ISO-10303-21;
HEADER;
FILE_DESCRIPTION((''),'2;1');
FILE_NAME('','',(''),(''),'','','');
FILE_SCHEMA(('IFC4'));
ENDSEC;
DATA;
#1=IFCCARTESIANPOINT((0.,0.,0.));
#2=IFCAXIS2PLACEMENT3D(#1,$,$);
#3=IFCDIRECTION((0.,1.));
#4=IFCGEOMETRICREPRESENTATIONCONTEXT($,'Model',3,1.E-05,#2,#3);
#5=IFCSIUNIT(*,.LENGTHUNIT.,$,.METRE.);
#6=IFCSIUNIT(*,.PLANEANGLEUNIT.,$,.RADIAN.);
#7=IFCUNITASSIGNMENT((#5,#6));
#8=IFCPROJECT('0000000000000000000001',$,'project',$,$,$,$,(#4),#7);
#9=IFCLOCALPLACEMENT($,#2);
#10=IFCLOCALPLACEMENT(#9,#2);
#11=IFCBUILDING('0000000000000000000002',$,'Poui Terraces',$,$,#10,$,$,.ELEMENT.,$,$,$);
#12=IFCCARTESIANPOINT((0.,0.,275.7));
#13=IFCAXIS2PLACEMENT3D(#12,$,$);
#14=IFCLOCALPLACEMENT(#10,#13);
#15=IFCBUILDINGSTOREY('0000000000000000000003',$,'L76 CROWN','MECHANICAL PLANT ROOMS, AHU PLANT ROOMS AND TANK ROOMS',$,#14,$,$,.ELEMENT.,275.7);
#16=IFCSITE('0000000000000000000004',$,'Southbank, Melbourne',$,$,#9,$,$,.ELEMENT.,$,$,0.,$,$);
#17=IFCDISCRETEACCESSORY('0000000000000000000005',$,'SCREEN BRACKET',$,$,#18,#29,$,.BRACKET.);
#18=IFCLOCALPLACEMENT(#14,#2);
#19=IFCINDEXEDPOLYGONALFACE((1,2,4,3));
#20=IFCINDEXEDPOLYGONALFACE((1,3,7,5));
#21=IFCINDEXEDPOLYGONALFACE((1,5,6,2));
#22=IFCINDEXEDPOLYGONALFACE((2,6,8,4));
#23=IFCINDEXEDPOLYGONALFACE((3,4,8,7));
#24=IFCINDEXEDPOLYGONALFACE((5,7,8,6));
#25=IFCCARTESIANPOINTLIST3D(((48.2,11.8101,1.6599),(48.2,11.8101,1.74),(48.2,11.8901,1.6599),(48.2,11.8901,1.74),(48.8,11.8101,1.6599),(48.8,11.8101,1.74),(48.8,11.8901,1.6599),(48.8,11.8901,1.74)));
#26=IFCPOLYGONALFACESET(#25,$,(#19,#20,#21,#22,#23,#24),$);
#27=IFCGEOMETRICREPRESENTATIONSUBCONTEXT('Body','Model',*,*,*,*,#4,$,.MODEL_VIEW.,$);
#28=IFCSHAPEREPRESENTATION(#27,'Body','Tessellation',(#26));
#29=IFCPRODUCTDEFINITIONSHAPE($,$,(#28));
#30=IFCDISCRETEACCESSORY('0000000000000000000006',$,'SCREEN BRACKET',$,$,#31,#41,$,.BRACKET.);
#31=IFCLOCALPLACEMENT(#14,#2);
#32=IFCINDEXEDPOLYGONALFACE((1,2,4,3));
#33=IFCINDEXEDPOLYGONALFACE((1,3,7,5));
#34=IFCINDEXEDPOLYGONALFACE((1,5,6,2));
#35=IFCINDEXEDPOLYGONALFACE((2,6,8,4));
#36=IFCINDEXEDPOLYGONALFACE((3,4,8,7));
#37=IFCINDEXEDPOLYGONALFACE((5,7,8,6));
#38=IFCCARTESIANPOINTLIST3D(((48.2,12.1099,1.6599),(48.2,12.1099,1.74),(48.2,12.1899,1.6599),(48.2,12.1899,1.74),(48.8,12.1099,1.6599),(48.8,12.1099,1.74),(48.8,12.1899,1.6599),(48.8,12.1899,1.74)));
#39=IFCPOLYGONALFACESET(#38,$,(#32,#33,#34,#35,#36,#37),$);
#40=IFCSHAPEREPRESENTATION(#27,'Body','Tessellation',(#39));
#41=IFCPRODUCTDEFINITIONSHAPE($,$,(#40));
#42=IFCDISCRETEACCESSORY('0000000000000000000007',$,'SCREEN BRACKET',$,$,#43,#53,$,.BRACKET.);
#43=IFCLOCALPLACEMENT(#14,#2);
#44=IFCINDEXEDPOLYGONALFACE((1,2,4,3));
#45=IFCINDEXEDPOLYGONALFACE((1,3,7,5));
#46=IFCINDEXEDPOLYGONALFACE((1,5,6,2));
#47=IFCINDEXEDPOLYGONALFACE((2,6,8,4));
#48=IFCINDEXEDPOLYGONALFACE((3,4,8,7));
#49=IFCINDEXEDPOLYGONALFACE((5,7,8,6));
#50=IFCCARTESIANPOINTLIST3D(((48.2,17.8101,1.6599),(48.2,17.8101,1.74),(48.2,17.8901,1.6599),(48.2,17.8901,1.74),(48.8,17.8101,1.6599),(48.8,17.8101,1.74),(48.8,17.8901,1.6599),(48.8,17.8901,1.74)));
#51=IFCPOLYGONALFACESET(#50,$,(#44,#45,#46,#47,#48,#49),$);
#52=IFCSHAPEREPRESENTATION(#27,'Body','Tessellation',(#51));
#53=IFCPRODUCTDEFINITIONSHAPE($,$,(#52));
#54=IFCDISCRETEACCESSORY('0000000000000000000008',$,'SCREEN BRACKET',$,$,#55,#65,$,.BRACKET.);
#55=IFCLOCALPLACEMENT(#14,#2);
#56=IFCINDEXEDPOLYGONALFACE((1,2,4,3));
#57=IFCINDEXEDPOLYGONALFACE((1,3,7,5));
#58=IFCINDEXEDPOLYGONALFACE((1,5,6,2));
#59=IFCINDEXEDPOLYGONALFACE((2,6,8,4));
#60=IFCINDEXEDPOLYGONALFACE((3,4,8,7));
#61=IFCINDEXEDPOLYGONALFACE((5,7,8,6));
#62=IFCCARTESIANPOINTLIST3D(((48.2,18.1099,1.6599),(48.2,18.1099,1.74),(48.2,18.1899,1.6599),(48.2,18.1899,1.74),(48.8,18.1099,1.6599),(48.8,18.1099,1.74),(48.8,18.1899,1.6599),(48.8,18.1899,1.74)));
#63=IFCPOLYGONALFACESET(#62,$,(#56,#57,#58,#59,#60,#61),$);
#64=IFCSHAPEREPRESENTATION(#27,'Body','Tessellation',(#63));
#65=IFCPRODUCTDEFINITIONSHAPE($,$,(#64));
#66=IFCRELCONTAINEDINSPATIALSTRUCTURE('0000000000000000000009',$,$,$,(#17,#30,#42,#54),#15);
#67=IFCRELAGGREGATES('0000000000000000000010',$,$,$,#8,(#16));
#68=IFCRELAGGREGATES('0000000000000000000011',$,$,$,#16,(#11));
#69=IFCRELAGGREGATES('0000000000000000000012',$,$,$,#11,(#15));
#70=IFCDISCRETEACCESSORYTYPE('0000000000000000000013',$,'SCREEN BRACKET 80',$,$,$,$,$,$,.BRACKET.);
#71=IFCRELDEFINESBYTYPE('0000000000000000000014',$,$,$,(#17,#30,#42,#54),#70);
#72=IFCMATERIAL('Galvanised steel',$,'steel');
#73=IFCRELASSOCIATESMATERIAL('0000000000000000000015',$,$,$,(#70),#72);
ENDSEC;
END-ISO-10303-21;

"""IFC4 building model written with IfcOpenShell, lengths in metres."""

from ifc_helpers import new_model, si_unit, direction, frame, origin, origin_2d, place, context, subcontext, project, spatial, rectangle, extrude, source, transform, mapped, material, material_profile, profile_set, type_object, element, save


model = new_model("IFC4")

# Units and contexts
model_context = context("Model", 3, precision=1e-05, world=origin(), true_north=direction((0.0, 1.0)))
body_context = subcontext(model_context, "Body", "Model", "MODEL_VIEW")
ifc_project = project(units=[si_unit("LENGTHUNIT", "METRE"), si_unit("PLANEANGLEUNIT", "RADIAN")], contexts=[model_context])

# Site, building, storey
site_placement = place(None, origin())
site = spatial("IfcSite", under=ifc_project, at=site_placement, Name="Southbank, Melbourne", CompositionType="ELEMENT", RefElevation=0.0)
building_placement = place(site_placement, origin())
building = spatial("IfcBuilding", under=site, at=building_placement, Name="Poui Terraces", CompositionType="ELEMENT")
storey_placement = place(building_placement, frame((0.0, 0.0, 275.7)))
storey = spatial("IfcBuildingStorey", under=building, at=storey_placement, Name="L76 CROWN", Description="MECHANICAL PLANT ROOMS, AHU PLANT ROOMS AND TANK ROOMS", CompositionType="ELEMENT", Elevation=275.7)

# Discrete accessories
ifc_material_1 = material(Name="Galvanised steel", Category="steel")
ifc_material_profile_1 = material_profile(ifc_material_1, rectangle(XDim=0.0801, YDim=0.0801, at=origin_2d()), Name="SCREEN BRACKET 80")
ifc_profile_set_1 = profile_set([ifc_material_profile_1], Name="Galvanised steel")
discrete_accessory_type = type_object("IfcDiscreteAccessoryType", Name="SCREEN BRACKET 80", PredefinedType="BRACKET", material=ifc_profile_set_1)
shared_shape_1 = source(origin(), body_context, "Body", "SweptSolid", [
    extrude(rectangle(XDim=0.0801, YDim=0.0801, at=origin_2d()), origin(), (0.0, 0.0, 1.0), 0.6001),
])
for number, where, z_axis, x_axis, name in (
    (1, (48.2, 11.8501, 1.7), (1.0, 0.0, 0.0), (0.0, 1.0, 0.0), "SCREEN BRACKET"),
    (2, (48.2, 12.1499, 1.7), (1.0, 0.0, 0.0), (0.0, 1.0, 0.0), "SCREEN BRACKET"),
    (3, (48.2, 17.8501, 1.7), (1.0, 0.0, 0.0), (0.0, 1.0, 0.0), "SCREEN BRACKET"),
    (4, (48.2, 18.1499, 1.7), (1.0, 0.0, 0.0), (0.0, 1.0, 0.0), "SCREEN BRACKET"),
):
    element("IfcDiscreteAccessory", number, at=place(storey_placement, frame(where, z_axis=z_axis, x_axis=x_axis)), inside=storey, type_object=discrete_accessory_type, Name=name, PredefinedType="BRACKET", context=body_context, shape_type="MappedRepresentation", body=[
        mapped(shared_shape_1, transform((0.0, 0.0, 0.0))),
    ])

save(model, "model.ifc")
